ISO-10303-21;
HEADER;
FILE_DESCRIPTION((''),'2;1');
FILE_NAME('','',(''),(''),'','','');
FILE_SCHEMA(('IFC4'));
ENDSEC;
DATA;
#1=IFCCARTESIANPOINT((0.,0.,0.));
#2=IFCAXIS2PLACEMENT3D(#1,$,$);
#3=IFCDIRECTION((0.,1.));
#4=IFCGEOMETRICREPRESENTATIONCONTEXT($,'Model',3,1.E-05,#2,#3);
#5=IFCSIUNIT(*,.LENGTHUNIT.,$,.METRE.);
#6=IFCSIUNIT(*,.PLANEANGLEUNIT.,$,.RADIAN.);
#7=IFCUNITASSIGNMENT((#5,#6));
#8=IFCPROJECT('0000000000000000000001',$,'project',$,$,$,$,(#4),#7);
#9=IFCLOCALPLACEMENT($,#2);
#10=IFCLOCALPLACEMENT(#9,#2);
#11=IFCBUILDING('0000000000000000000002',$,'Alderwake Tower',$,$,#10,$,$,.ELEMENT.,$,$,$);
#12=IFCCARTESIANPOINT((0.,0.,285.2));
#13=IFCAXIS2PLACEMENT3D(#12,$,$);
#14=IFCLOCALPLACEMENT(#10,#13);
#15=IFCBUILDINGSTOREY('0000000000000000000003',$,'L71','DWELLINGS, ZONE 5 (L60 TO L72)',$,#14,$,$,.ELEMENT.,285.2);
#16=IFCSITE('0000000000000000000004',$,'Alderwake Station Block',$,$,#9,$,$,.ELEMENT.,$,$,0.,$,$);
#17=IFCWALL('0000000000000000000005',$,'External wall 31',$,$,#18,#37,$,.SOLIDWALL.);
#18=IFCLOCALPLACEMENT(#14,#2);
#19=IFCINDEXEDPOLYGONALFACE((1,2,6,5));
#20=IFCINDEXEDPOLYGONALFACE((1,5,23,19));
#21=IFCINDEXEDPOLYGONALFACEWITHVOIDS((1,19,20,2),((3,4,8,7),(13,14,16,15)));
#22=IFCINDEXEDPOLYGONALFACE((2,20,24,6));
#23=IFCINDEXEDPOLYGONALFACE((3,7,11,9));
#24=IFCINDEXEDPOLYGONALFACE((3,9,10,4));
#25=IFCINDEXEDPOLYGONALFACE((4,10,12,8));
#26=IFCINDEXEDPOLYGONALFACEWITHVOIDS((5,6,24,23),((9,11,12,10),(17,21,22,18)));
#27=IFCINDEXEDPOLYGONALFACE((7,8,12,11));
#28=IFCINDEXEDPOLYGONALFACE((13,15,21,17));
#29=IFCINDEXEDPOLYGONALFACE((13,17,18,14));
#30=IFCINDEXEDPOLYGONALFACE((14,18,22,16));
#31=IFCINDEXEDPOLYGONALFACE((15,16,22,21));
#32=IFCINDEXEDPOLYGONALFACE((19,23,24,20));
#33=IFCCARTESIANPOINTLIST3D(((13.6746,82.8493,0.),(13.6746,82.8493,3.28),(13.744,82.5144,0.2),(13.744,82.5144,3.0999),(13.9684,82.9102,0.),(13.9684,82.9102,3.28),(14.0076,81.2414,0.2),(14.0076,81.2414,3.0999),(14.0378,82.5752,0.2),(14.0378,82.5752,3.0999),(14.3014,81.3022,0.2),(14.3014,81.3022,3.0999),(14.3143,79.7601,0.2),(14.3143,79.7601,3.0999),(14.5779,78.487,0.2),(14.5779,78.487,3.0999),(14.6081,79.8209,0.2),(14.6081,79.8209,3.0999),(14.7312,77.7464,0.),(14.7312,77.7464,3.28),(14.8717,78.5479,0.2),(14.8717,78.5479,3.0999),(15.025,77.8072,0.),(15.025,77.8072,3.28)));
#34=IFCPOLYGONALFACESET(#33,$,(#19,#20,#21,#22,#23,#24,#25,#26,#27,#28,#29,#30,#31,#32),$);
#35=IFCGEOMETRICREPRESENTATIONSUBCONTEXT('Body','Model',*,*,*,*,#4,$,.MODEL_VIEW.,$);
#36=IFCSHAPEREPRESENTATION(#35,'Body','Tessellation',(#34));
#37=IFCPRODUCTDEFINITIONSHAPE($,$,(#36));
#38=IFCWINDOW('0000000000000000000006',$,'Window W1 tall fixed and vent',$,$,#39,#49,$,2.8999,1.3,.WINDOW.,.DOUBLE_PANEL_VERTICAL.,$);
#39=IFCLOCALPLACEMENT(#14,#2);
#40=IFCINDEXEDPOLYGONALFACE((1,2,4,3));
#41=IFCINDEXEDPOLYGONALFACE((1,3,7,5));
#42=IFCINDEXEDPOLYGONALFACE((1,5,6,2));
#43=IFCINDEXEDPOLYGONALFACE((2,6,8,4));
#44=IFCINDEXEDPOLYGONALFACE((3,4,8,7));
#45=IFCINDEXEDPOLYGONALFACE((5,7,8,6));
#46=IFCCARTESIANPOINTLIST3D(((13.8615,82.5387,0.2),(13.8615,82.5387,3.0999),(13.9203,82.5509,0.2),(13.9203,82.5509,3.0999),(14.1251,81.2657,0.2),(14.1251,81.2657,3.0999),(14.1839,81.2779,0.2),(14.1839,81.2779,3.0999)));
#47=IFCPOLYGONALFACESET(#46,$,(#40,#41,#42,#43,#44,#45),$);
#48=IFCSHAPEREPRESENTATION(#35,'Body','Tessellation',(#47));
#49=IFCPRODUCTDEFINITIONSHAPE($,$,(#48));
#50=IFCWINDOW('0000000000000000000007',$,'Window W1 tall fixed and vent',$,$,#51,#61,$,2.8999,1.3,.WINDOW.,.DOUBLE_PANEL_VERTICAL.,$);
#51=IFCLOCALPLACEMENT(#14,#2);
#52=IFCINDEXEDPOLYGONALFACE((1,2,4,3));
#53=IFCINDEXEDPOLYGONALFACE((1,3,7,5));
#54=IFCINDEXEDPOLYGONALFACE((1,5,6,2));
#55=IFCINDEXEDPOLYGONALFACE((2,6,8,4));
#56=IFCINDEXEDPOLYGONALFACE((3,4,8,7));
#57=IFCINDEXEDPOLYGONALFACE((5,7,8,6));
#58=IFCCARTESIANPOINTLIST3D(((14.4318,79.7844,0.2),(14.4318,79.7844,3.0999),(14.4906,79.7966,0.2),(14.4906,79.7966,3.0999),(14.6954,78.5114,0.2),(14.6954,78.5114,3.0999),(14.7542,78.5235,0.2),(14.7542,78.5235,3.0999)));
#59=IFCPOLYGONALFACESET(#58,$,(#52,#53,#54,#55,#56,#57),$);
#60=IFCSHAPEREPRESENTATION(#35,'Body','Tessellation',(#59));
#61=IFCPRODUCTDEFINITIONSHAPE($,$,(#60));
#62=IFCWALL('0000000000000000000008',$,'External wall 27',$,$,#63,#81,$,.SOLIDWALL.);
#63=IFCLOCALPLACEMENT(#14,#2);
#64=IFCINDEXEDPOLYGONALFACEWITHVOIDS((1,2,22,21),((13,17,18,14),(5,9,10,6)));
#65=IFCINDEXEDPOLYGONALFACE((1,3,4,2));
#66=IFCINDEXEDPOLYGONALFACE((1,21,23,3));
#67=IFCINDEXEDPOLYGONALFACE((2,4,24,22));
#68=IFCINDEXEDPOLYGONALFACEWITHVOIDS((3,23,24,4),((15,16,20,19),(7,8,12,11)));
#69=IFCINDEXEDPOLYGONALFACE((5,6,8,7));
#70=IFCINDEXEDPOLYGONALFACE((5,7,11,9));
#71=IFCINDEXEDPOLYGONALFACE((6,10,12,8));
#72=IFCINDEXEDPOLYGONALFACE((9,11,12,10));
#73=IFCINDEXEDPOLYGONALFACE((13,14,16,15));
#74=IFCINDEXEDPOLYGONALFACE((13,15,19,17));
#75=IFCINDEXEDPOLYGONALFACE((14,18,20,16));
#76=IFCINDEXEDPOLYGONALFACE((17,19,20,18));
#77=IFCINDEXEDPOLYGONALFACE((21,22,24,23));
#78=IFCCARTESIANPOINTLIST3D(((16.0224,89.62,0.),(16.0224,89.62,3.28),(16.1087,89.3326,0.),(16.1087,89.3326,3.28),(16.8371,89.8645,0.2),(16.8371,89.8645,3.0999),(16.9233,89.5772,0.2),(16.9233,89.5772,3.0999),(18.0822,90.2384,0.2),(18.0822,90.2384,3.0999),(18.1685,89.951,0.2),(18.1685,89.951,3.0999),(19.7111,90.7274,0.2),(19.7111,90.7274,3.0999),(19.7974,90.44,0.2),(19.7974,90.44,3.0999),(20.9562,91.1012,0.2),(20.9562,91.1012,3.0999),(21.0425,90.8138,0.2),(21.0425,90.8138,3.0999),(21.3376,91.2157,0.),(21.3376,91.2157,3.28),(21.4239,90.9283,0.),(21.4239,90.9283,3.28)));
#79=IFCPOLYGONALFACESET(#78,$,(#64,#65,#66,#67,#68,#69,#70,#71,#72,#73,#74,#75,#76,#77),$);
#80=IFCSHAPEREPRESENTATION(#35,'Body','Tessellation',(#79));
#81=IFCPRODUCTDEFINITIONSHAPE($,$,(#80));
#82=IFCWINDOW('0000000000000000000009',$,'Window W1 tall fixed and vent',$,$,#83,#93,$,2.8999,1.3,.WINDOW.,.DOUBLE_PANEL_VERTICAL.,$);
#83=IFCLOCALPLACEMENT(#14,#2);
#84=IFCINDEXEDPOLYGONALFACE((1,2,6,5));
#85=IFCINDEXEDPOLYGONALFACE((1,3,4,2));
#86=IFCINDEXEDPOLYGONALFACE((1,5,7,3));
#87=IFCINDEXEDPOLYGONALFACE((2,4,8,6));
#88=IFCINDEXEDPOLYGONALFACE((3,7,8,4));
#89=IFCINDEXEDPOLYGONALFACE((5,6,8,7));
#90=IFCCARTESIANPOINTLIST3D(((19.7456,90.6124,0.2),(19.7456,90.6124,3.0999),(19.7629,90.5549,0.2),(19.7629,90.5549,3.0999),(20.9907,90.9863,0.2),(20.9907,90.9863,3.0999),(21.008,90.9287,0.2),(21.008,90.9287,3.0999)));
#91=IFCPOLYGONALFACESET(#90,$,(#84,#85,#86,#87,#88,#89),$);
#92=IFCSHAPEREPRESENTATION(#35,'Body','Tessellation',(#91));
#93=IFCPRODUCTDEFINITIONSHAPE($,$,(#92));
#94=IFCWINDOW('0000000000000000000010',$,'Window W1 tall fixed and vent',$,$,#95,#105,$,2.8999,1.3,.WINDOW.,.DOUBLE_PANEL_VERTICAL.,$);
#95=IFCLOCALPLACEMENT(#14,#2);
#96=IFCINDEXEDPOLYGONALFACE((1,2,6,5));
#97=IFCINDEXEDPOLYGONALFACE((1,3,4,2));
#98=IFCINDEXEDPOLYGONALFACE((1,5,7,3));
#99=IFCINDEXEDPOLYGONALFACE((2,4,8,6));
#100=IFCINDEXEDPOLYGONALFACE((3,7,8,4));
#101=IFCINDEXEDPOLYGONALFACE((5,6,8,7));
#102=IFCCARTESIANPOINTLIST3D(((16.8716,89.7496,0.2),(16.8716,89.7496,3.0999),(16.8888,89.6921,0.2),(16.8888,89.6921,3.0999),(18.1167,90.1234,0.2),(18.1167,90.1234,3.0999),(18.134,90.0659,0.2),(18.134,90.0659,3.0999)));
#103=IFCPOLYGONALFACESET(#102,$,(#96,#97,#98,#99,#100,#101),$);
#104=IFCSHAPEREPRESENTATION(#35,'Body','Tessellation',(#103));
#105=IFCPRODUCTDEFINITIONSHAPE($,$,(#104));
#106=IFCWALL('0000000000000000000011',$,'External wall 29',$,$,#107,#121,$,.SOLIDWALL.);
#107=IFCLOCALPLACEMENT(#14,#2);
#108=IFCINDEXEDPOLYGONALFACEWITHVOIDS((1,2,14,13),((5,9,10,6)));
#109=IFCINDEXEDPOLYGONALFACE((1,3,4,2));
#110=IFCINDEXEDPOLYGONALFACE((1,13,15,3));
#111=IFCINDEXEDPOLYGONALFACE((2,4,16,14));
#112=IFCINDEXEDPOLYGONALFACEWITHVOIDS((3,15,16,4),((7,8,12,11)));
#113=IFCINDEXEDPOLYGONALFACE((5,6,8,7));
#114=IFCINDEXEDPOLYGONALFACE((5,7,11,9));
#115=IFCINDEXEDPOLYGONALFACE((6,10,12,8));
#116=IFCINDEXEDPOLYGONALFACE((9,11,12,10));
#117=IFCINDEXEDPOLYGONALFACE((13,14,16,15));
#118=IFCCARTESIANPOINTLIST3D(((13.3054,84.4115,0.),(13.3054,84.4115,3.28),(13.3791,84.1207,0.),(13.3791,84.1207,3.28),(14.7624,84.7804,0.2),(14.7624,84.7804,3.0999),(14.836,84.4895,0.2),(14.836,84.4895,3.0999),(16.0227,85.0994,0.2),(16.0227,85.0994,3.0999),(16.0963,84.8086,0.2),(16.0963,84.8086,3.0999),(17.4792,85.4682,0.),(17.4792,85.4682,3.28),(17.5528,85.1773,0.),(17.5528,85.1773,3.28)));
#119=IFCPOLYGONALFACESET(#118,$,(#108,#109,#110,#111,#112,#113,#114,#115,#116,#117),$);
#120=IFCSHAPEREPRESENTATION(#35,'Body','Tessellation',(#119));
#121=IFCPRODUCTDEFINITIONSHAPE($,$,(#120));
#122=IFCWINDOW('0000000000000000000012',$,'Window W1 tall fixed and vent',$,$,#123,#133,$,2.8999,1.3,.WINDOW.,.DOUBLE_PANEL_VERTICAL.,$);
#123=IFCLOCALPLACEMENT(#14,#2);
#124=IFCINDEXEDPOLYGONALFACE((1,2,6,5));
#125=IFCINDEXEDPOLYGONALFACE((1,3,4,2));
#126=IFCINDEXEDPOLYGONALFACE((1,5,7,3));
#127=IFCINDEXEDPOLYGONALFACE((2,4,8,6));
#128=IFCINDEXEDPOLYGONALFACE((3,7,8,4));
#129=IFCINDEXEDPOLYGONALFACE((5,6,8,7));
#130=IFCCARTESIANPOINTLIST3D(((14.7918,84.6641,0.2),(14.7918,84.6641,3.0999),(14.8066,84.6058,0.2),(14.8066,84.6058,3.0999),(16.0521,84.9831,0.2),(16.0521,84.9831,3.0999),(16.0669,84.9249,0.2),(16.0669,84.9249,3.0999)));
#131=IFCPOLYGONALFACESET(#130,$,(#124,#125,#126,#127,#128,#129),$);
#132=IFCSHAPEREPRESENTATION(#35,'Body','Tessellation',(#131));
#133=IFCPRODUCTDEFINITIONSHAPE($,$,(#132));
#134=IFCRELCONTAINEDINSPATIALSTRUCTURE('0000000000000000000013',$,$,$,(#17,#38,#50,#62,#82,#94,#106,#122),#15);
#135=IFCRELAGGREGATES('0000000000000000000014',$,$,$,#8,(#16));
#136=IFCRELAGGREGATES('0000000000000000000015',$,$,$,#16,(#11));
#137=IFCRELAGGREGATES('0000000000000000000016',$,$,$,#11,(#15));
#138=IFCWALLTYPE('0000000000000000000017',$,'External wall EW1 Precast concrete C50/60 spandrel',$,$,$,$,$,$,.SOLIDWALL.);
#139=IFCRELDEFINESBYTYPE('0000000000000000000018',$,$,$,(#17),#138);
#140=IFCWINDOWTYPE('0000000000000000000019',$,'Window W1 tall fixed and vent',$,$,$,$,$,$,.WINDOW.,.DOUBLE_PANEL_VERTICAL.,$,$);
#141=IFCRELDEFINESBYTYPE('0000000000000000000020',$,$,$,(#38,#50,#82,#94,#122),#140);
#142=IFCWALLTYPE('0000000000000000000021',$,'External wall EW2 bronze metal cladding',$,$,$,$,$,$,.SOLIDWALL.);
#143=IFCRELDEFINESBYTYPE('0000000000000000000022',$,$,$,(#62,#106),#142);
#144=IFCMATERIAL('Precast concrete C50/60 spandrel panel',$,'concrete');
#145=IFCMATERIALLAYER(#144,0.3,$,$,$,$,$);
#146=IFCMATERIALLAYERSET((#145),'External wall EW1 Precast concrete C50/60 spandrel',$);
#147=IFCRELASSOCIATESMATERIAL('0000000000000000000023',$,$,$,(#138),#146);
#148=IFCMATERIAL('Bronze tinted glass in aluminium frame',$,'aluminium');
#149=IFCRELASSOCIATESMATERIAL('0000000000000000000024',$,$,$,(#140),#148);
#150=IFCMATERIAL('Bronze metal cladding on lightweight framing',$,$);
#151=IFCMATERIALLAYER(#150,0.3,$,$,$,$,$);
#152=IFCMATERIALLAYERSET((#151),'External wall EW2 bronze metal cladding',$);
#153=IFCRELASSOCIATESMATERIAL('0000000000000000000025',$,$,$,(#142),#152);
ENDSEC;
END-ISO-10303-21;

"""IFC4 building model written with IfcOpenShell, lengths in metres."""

from ifc_helpers import new_model, si_unit, direction, frame, frame_2d, origin, place, context, subcontext, project, spatial, rectangle, extrude, material, layer, layer_set, type_object, element, fill, save


model = new_model("IFC4")

# Units and contexts
model_context = context("Model", 3, precision=1e-05, world=origin(), true_north=direction((0.0, 1.0)))
body_context = subcontext(model_context, "Body", "Model", "MODEL_VIEW")
ifc_project = project(units=[si_unit("LENGTHUNIT", "METRE"), si_unit("PLANEANGLEUNIT", "RADIAN")], contexts=[model_context])

# Site, building, storey
site_placement = place(None, origin())
site = spatial("IfcSite", under=ifc_project, at=site_placement, Name="Alderwake Station Block", CompositionType="ELEMENT", RefElevation=0.0)
building_placement = place(site_placement, origin())
building = spatial("IfcBuilding", under=site, at=building_placement, Name="Alderwake Tower", CompositionType="ELEMENT")
storey_placement = place(building_placement, frame((0.0, 0.0, 285.2)))
storey = spatial("IfcBuildingStorey", under=building, at=storey_placement, Name="L71", Description="DWELLINGS, ZONE 5 (L60 TO L72)", CompositionType="ELEMENT", Elevation=285.2)

# Shared definitions
ifc_material_1 = material(Name="Precast concrete C50/60 spandrel panel", Category="concrete")
ifc_layer_1 = layer(ifc_material_1, 0.3)
ifc_layer_set_1 = layer_set([ifc_layer_1], Name="External wall EW1 Precast concrete C50/60 spandrel")
wall_type_1 = type_object("IfcWallType", Name="External wall EW1 Precast concrete C50/60 spandrel", PredefinedType="SOLIDWALL", material=ifc_layer_set_1)

# Walls, openings, windows
wall_1_placement = place(storey_placement, frame((13.8215, 82.8796, 0.0), z_axis=(0.0, 0.0, 1.0), x_axis=(0.202761, -0.979228, 0.0)))
wall_1 = element("IfcWall", 1, at=wall_1_placement, inside=storey, type_object=wall_type_1, Name="External wall 31", PredefinedType="SOLIDWALL", context=body_context, shape_type="SweptSolid", body=[
    extrude(rectangle(XDim=5.2112, YDim=0.3, at=frame_2d((2.6055, 0.0))), origin(), (0.0, 0.0, 1.0), 3.28),
])
opening_1_placement = place(wall_1_placement, frame((0.342, 0.0, 0.2)))
opening_1 = element("IfcOpeningElement", 2, at=opening_1_placement, cuts=wall_1, PredefinedType="OPENING", context=body_context, shape_type="SweptSolid", body=[
    extrude(rectangle(XDim=1.3, YDim=2.8999, at=frame_2d((0.6499, 1.45))), frame((0.0, 0.1599, 0.0), z_axis=(0.0, -1.0, 0.0), x_axis=(1.0, 0.0, 0.0)), (0.0, 0.0, 1.0), 0.3201),
])
opening_2_placement = place(wall_1_placement, frame((3.1548, 0.0, 0.2)))
opening_2 = element("IfcOpeningElement", 3, at=opening_2_placement, cuts=wall_1, PredefinedType="OPENING", context=body_context, shape_type="SweptSolid", body=[
    extrude(rectangle(XDim=1.3, YDim=2.8999, at=frame_2d((0.6499, 1.45))), frame((0.0, 0.1599, 0.0), z_axis=(0.0, -1.0, 0.0), x_axis=(1.0, 0.0, 0.0)), (0.0, 0.0, 1.0), 0.3201),
])
ifc_material_2 = material(Name="Bronze tinted glass in aluminium frame", Category="aluminium")
window_type = type_object("IfcWindowType", Name="Window W1 tall fixed and vent", PartitioningType="DOUBLE_PANEL_VERTICAL", PredefinedType="WINDOW", material=ifc_material_2)
window_1_placement = place(opening_1_placement, origin())
window_1 = element("IfcWindow", 4, at=window_1_placement, inside=storey, type_object=window_type, Name="Window W1 tall fixed and vent", OverallHeight=2.8999, OverallWidth=1.3, PartitioningType="DOUBLE_PANEL_VERTICAL", PredefinedType="WINDOW", context=body_context, shape_type="SweptSolid", body=[
    extrude(rectangle(XDim=1.3, YDim=2.8999, at=frame_2d((0.6499, 1.45))), frame((0.0, 0.03, 0.0), z_axis=(0.0, -1.0, 0.0), x_axis=(1.0, 0.0, 0.0)), (0.0, 0.0, 1.0), 0.0601),
])
fill(opening_1, window_1)
window_2_placement = place(opening_2_placement, origin())
window_2 = element("IfcWindow", 5, at=window_2_placement, inside=storey, type_object=window_type, Name="Window W1 tall fixed and vent", OverallHeight=2.8999, OverallWidth=1.3, PartitioningType="DOUBLE_PANEL_VERTICAL", PredefinedType="WINDOW", context=body_context, shape_type="SweptSolid", body=[
    extrude(rectangle(XDim=1.3, YDim=2.8999, at=frame_2d((0.6499, 1.45))), frame((0.0, 0.03, 0.0), z_axis=(0.0, -1.0, 0.0), x_axis=(1.0, 0.0, 0.0)), (0.0, 0.0, 1.0), 0.0601),
])
fill(opening_2, window_2)
ifc_material_3 = material(Name="Bronze metal cladding on lightweight framing")
ifc_layer_2 = layer(ifc_material_3, 0.3)
ifc_layer_set_2 = layer_set([ifc_layer_2], Name="External wall EW2 bronze metal cladding")
wall_type_2 = type_object("IfcWallType", Name="External wall EW2 bronze metal cladding", PredefinedType="SOLIDWALL", material=ifc_layer_set_2)
wall_2_placement = place(storey_placement, frame((21.3809, 91.072, 0.0), z_axis=(0.0, 0.0, 1.0), x_axis=(-0.957769, -0.287538, 0.0)))
wall_2 = element("IfcWall", 6, at=wall_2_placement, inside=storey, type_object=wall_type_2, Name="External wall 27", PredefinedType="SOLIDWALL", context=body_context, shape_type="SweptSolid", body=[
    extrude(rectangle(XDim=5.5496, YDim=0.3, at=frame_2d((2.7749, 0.0))), origin(), (0.0, 0.0, 1.0), 3.28),
])
opening_3_placement = place(wall_2_placement, frame((0.3984, 0.0, 0.2)))
opening_3 = element("IfcOpeningElement", 7, at=opening_3_placement, cuts=wall_2, PredefinedType="OPENING", context=body_context, shape_type="SweptSolid", body=[
    extrude(rectangle(XDim=1.3, YDim=2.8999, at=frame_2d((0.6499, 1.45))), frame((0.0, 0.1599, 0.0), z_axis=(0.0, -1.0, 0.0), x_axis=(1.0, 0.0, 0.0)), (0.0, 0.0, 1.0), 0.3201),
])
opening_4_placement = place(wall_2_placement, frame((3.3992, 0.0, 0.2)))
opening_4 = element("IfcOpeningElement", 8, at=opening_4_placement, cuts=wall_2, PredefinedType="OPENING", context=body_context, shape_type="SweptSolid", body=[
    extrude(rectangle(XDim=1.3, YDim=2.8999, at=frame_2d((0.6499, 1.45))), frame((0.0, 0.1599, 0.0), z_axis=(0.0, -1.0, 0.0), x_axis=(1.0, 0.0, 0.0)), (0.0, 0.0, 1.0), 0.3201),
])
window_3_placement = place(opening_3_placement, origin())
window_3 = element("IfcWindow", 9, at=window_3_placement, inside=storey, type_object=window_type, Name="Window W1 tall fixed and vent", OverallHeight=2.8999, OverallWidth=1.3, PartitioningType="DOUBLE_PANEL_VERTICAL", PredefinedType="WINDOW", context=body_context, shape_type="SweptSolid", body=[
    extrude(rectangle(XDim=1.3, YDim=2.8999, at=frame_2d((0.6499, 1.45))), frame((0.0, 0.03, 0.0), z_axis=(0.0, -1.0, 0.0), x_axis=(1.0, 0.0, 0.0)), (0.0, 0.0, 1.0), 0.0601),
])
fill(opening_3, window_3)
window_4_placement = place(opening_4_placement, origin())
window_4 = element("IfcWindow", 10, at=window_4_placement, inside=storey, type_object=window_type, Name="Window W1 tall fixed and vent", OverallHeight=2.8999, OverallWidth=1.3, PartitioningType="DOUBLE_PANEL_VERTICAL", PredefinedType="WINDOW", context=body_context, shape_type="SweptSolid", body=[
    extrude(rectangle(XDim=1.3, YDim=2.8999, at=frame_2d((0.6499, 1.45))), frame((0.0, 0.03, 0.0), z_axis=(0.0, -1.0, 0.0), x_axis=(1.0, 0.0, 0.0)), (0.0, 0.0, 1.0), 0.0601),
])
fill(opening_4, window_4)

# Wall, opening, window
wall_3_placement = place(storey_placement, frame((17.5161, 85.3228, 0.0), z_axis=(0.0, 0.0, 1.0), x_axis=(-0.969418, -0.245416, 0.0)))
wall_3 = element("IfcWall", 11, at=wall_3_placement, inside=storey, type_object=wall_type_2, Name="External wall 29", PredefinedType="SOLIDWALL", context=body_context, shape_type="SweptSolid", body=[
    extrude(rectangle(XDim=4.3054, YDim=0.3, at=frame_2d((2.1528, 0.0))), origin(), (0.0, 0.0, 1.0), 3.28),
])
opening_5_placement = place(wall_3_placement, frame((1.5027, 0.0, 0.2)))
opening_5 = element("IfcOpeningElement", 12, at=opening_5_placement, cuts=wall_3, PredefinedType="OPENING", context=body_context, shape_type="SweptSolid", body=[
    extrude(rectangle(XDim=1.3, YDim=2.8999, at=frame_2d((0.6499, 1.45))), frame((0.0, 0.1599, 0.0), z_axis=(0.0, -1.0, 0.0), x_axis=(1.0, 0.0, 0.0)), (0.0, 0.0, 1.0), 0.3201),
])
window_5_placement = place(opening_5_placement, origin())
window_5 = element("IfcWindow", 13, at=window_5_placement, inside=storey, type_object=window_type, Name="Window W1 tall fixed and vent", OverallHeight=2.8999, OverallWidth=1.3, PartitioningType="DOUBLE_PANEL_VERTICAL", PredefinedType="WINDOW", context=body_context, shape_type="SweptSolid", body=[
    extrude(rectangle(XDim=1.3, YDim=2.8999, at=frame_2d((0.6499, 1.45))), frame((0.0, 0.03, 0.0), z_axis=(0.0, -1.0, 0.0), x_axis=(1.0, 0.0, 0.0)), (0.0, 0.0, 1.0), 0.0601),
])
fill(opening_5, window_5)

save(model, "model.ifc")
